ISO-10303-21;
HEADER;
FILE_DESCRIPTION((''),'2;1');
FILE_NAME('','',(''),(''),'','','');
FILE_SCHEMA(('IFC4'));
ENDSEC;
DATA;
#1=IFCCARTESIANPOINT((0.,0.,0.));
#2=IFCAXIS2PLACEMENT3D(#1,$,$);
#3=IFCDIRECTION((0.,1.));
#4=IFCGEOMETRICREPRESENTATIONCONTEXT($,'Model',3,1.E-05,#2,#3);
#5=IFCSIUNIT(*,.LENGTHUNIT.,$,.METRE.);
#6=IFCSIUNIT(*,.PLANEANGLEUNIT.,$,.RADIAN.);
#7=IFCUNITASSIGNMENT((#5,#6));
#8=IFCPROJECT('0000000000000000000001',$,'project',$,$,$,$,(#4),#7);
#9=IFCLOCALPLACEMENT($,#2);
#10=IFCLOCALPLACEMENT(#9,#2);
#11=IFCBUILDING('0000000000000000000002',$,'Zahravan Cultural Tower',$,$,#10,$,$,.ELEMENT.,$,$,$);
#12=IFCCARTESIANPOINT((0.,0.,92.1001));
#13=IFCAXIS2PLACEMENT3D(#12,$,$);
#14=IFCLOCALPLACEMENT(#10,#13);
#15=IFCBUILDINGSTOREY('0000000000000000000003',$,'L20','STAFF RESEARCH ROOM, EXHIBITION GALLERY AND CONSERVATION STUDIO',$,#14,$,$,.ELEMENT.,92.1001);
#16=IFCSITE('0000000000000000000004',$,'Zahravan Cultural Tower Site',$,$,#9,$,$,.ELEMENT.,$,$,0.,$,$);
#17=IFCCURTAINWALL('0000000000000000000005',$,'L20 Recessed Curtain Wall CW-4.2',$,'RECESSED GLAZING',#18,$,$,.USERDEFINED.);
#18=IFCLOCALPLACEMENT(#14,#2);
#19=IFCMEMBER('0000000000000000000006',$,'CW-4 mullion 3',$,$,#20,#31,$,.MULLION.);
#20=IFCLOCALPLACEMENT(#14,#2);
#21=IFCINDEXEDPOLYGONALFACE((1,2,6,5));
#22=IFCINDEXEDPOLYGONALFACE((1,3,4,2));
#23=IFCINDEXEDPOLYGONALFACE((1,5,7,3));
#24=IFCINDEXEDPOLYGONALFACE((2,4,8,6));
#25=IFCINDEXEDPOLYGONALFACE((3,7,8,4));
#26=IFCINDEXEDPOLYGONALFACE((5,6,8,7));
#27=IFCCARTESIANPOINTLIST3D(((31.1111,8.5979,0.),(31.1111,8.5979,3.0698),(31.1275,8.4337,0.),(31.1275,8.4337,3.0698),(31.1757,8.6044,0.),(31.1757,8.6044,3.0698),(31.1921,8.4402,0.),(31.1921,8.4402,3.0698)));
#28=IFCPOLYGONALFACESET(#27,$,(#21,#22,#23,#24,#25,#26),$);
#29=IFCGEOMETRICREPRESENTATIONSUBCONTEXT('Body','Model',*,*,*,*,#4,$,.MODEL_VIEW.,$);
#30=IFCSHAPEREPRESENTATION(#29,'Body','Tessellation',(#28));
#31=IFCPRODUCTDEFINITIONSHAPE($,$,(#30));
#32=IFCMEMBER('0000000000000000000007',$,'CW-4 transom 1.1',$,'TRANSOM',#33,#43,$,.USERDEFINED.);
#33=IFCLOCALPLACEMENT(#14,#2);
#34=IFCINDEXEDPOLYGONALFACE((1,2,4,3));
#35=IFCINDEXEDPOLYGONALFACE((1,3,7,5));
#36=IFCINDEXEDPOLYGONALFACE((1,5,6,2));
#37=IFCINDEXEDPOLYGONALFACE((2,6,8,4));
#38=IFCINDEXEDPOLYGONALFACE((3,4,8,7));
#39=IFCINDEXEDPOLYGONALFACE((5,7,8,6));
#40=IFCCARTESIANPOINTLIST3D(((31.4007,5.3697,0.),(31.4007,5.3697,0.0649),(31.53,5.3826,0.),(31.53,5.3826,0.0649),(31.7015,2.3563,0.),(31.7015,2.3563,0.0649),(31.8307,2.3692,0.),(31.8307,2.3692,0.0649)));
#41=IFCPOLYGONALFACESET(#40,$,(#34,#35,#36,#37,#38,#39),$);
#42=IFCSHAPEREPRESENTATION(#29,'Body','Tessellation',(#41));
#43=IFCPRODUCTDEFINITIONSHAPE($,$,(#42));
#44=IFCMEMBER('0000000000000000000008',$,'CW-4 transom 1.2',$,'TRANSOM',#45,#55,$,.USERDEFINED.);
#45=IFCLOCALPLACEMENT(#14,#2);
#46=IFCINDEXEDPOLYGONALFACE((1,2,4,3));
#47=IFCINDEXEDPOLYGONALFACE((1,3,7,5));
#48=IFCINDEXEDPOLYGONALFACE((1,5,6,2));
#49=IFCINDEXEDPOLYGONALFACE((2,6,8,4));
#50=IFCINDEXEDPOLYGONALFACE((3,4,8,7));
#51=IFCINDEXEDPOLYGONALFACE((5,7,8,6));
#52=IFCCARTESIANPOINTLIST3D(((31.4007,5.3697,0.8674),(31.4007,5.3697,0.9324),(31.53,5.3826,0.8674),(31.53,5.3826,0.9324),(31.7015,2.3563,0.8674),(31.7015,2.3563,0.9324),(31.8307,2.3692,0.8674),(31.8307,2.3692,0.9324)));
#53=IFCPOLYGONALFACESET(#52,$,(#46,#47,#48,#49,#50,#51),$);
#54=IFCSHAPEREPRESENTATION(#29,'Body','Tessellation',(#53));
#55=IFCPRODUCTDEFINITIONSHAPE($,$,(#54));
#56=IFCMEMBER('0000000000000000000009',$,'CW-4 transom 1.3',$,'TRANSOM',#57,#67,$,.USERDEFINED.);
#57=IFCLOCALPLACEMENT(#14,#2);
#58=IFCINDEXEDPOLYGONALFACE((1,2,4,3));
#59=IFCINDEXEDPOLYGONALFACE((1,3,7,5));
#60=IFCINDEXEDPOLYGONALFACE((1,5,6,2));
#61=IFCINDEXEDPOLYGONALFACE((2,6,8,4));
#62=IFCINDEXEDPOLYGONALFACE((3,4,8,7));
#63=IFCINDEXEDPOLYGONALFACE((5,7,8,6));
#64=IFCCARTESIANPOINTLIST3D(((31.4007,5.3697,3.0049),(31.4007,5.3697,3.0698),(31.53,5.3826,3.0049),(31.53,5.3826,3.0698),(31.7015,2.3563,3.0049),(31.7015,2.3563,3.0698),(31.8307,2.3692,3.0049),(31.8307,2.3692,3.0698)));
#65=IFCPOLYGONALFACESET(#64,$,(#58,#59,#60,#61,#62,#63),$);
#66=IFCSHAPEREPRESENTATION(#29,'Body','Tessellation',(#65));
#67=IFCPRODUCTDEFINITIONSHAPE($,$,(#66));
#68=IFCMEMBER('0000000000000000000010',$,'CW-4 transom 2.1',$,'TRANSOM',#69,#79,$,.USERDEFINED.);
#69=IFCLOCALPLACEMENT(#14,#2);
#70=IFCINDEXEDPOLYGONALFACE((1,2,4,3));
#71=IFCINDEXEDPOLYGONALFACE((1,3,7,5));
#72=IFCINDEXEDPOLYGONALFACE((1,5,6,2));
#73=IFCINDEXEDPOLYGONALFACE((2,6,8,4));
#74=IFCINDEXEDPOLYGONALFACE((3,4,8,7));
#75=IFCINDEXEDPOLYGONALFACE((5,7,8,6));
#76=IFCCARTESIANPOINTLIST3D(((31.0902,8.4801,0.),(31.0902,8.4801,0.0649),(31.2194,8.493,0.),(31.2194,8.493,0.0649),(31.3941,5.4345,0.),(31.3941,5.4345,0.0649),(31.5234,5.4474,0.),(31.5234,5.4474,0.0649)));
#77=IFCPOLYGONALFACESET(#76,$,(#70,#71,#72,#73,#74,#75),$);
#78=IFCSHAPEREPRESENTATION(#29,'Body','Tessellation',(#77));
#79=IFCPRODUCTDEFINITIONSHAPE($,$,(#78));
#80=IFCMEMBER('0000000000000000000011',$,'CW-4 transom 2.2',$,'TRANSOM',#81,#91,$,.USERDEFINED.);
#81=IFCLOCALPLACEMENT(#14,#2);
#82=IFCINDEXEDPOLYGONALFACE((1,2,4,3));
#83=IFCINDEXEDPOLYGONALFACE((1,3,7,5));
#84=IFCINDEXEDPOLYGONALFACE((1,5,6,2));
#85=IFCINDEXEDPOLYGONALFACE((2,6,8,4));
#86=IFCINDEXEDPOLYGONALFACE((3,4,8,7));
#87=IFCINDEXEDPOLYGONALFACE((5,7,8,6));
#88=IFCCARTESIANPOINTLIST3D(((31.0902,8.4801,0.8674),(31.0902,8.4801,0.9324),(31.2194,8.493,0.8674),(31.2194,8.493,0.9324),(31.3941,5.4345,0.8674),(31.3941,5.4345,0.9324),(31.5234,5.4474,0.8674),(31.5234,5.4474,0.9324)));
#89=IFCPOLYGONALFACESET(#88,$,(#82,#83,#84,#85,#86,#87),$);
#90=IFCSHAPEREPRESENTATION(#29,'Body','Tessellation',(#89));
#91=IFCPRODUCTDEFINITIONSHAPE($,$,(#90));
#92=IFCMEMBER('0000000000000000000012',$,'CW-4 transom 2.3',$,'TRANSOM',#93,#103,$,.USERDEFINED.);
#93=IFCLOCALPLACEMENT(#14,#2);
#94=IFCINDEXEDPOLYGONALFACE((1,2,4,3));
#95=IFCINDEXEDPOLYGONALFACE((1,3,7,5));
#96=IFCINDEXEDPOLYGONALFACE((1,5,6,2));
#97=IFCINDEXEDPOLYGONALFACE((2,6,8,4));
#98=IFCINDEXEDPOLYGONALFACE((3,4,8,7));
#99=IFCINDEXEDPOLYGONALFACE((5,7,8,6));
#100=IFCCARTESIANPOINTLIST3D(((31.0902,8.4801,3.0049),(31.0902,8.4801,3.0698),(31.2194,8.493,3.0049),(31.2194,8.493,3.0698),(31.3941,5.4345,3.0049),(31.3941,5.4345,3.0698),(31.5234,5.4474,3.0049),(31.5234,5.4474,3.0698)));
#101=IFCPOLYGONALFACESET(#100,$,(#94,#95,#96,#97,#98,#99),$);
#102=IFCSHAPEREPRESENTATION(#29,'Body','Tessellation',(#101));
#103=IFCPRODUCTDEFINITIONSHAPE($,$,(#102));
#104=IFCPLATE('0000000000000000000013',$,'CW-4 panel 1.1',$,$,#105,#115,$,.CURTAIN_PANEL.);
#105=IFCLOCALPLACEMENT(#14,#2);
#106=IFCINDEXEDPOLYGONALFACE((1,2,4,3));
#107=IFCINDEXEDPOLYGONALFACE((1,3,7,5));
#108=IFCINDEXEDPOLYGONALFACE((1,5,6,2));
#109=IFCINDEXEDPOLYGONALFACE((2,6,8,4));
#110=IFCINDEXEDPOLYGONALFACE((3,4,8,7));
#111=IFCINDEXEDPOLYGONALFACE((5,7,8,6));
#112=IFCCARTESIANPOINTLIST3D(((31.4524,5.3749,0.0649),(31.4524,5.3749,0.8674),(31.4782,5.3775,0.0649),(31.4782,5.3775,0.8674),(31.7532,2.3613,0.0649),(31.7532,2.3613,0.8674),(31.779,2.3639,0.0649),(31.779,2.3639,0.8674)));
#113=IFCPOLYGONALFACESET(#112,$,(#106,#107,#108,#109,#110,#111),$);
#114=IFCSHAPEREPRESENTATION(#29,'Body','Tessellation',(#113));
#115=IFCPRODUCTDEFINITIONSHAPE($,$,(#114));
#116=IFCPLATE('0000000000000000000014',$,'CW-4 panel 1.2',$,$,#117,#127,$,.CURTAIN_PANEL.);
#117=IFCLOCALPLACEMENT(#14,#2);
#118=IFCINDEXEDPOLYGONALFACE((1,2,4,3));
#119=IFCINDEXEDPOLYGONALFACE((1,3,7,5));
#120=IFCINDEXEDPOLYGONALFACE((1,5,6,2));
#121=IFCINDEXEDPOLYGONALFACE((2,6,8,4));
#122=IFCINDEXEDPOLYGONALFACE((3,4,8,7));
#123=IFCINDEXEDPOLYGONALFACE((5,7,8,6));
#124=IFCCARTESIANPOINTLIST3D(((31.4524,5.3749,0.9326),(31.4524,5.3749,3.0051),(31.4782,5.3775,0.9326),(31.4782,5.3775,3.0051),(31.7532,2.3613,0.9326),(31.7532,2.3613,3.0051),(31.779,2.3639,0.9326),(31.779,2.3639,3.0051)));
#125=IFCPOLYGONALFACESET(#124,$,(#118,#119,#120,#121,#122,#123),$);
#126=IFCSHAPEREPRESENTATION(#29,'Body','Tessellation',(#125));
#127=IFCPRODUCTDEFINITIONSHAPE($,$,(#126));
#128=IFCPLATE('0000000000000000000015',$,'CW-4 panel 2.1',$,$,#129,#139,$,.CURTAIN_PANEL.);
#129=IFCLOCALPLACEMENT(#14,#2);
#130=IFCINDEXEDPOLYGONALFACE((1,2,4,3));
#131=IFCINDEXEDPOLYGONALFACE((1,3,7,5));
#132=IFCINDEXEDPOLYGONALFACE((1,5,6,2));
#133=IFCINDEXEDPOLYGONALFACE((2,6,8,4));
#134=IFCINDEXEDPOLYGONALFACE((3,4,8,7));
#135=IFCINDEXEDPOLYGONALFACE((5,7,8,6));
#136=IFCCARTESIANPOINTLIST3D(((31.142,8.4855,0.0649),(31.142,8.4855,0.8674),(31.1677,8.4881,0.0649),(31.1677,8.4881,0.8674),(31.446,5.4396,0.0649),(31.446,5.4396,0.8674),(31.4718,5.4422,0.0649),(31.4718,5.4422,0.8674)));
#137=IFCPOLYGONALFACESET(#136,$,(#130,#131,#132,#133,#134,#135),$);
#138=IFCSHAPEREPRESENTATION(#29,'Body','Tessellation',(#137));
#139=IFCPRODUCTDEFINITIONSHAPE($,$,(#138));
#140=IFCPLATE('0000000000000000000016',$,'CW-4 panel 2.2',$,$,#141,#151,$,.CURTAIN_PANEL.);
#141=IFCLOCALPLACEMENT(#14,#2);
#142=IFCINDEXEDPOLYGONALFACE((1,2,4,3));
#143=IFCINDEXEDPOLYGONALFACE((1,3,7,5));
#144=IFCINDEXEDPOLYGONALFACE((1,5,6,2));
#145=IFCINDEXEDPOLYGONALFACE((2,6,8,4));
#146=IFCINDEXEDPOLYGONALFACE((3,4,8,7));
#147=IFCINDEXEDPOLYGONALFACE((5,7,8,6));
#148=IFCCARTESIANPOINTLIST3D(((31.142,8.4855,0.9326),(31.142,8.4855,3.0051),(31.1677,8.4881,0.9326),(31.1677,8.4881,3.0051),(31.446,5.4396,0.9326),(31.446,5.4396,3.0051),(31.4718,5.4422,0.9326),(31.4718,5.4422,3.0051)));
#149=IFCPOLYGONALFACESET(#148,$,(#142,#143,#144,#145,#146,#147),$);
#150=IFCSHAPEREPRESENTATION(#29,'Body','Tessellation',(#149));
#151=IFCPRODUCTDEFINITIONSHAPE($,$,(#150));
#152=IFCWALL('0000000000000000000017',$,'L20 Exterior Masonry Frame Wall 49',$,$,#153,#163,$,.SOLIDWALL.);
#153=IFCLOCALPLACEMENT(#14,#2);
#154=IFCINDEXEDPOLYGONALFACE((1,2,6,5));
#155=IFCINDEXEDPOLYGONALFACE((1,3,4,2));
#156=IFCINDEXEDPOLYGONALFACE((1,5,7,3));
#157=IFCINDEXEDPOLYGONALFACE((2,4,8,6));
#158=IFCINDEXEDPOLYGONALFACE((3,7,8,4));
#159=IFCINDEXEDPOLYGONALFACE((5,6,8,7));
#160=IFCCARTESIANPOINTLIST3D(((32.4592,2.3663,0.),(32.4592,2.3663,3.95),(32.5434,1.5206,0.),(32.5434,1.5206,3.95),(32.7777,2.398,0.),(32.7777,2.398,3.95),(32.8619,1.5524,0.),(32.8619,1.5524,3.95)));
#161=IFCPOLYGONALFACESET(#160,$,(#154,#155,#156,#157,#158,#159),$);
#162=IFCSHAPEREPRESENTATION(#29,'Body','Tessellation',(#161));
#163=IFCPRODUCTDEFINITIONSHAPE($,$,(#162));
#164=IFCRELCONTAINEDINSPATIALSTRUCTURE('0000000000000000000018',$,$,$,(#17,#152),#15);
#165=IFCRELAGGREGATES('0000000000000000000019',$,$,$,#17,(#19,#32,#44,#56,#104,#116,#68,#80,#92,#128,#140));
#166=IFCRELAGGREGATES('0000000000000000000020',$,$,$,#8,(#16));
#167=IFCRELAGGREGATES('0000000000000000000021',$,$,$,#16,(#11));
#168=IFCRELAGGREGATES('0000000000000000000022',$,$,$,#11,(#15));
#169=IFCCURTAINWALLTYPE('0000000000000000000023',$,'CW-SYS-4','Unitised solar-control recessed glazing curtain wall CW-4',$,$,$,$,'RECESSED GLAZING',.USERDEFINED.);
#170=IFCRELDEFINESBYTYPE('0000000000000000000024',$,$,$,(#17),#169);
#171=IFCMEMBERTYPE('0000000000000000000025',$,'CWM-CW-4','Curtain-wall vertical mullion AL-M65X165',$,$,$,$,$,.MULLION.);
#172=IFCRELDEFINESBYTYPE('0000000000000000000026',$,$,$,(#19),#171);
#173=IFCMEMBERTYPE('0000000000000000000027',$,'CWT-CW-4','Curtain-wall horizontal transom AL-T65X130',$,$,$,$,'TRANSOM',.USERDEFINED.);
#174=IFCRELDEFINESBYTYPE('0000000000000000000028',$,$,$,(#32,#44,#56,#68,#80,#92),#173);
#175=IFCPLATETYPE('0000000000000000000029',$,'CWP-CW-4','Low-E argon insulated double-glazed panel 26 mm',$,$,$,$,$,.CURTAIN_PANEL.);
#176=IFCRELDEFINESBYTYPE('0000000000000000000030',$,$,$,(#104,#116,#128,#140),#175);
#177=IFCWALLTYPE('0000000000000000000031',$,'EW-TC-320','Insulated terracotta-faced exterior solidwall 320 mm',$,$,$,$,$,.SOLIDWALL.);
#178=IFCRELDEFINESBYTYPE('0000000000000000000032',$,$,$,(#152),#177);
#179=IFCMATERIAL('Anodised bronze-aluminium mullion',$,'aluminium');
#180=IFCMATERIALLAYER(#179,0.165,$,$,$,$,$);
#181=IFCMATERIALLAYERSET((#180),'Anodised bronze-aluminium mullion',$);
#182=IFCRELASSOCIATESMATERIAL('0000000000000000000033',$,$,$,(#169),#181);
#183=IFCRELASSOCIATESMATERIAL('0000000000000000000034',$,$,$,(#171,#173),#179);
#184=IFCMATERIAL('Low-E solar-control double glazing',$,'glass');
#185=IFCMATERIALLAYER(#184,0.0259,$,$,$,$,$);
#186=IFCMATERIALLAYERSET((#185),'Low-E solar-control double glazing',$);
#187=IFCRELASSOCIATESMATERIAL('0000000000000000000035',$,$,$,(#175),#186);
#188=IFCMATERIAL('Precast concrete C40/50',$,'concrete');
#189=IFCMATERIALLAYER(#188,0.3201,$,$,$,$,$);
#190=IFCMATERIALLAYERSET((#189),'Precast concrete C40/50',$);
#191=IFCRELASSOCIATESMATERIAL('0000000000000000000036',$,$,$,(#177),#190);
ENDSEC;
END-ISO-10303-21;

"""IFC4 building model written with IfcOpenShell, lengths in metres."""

from ifc_helpers import new_model, si_unit, direction, frame, frame_2d, origin, origin_2d, place, context, subcontext, project, spatial, rectangle, extrude, source, transform, mapped, material, layer, layer_set, material_profile, profile_set, type_object, element, aggregate, save


model = new_model("IFC4")

# Units and contexts
model_context = context("Model", 3, precision=1e-05, world=origin(), true_north=direction((0.0, 1.0)))
body_context = subcontext(model_context, "Body", "Model", "MODEL_VIEW")
ifc_project = project(units=[si_unit("LENGTHUNIT", "METRE"), si_unit("PLANEANGLEUNIT", "RADIAN")], contexts=[model_context])

# Site, building, storey
site_placement = place(None, origin())
site = spatial("IfcSite", under=ifc_project, at=site_placement, Name="Zahravan Cultural Tower Site", CompositionType="ELEMENT", RefElevation=0.0)
building_placement = place(site_placement, origin())
building = spatial("IfcBuilding", under=site, at=building_placement, Name="Zahravan Cultural Tower", CompositionType="ELEMENT")
storey_placement = place(building_placement, frame((0.0, 0.0, 92.1001)))
storey = spatial("IfcBuildingStorey", under=building, at=storey_placement, Name="L20", Description="STAFF RESEARCH ROOM, EXHIBITION GALLERY AND CONSERVATION STUDIO", CompositionType="ELEMENT", Elevation=92.1001)

# Curtain wall, members, plates
ifc_material_1 = material(Name="Anodised bronze-aluminium mullion", Category="aluminium")
ifc_layer_1 = layer(ifc_material_1, 0.165)
ifc_layer_set_1 = layer_set([ifc_layer_1], Name="Anodised bronze-aluminium mullion")
curtain_wall_type = type_object("IfcCurtainWallType", Name="CW-SYS-4", Description="Unitised solar-control recessed glazing curtain wall CW-4", ElementType="RECESSED GLAZING", PredefinedType="USERDEFINED", material=ifc_layer_set_1)
curtain_wall_placement = place(storey_placement, origin())
curtain_wall = element("IfcCurtainWall", 1, at=curtain_wall_placement, inside=storey, type_object=curtain_wall_type, Name="L20 Recessed Curtain Wall CW-4.2", ObjectType="RECESSED GLAZING", PredefinedType="USERDEFINED")
ifc_material_profile_1 = material_profile(ifc_material_1, rectangle(XDim=0.0649, YDim=0.165, at=origin_2d()), Name="AL-M65X165")
ifc_profile_set_1 = profile_set([ifc_material_profile_1], Name="Anodised bronze-aluminium mullion")
member_type_1 = type_object("IfcMemberType", Name="CWM-CW-4", Description="Curtain-wall vertical mullion AL-M65X165", PredefinedType="MULLION", material=ifc_profile_set_1)
shared_shape_1 = source(origin(), body_context, "Body", "SweptSolid", [
    extrude(rectangle(XDim=0.0649, YDim=0.165, at=origin_2d()), origin(), (0.0, 0.0, 1.0), 3.0698),
])
member_1_placement = place(storey_placement, frame((31.1516, 8.519, 0.0), z_axis=(0.0, 0.0, 1.0), x_axis=(-0.995055, -0.099322, 0.0)))
member_1 = element("IfcMember", 2, at=member_1_placement, type_object=member_type_1, Name="CW-4 mullion 3", PredefinedType="MULLION", context=body_context, shape_type="MappedRepresentation", body=[
    mapped(shared_shape_1, transform((0.0, 0.0, 0.0), x_axis=(1.0, 0.0, 0.0), y_axis=(0.0, 1.0, 0.0), z_axis=(0.0, 0.0, 1.0), scale=1.0)),
])
ifc_material_profile_2 = material_profile(ifc_material_1, rectangle(XDim=0.1299, YDim=0.0649, at=origin_2d()), Name="AL-T65X130")
ifc_profile_set_2 = profile_set([ifc_material_profile_2], Name="Anodised bronze-aluminium mullion")
member_type_2 = type_object("IfcMemberType", Name="CWT-CW-4", Description="Curtain-wall horizontal transom AL-T65X130", ElementType="TRANSOM", PredefinedType="USERDEFINED", material=ifc_profile_set_2)
shared_shape_2 = source(origin(), body_context, "Body", "SweptSolid", [
    extrude(rectangle(XDim=0.1299, YDim=0.0649, at=origin_2d()), origin(), (0.0, 0.0, 1.0), 3.0283),
])
member_2_placement = place(storey_placement, frame((31.7661, 2.3628, 0.0325), z_axis=(-0.09932, 0.995056, 0.0), x_axis=(-0.995056, -0.09932, 0.0)))
member_2 = element("IfcMember", 3, at=member_2_placement, type_object=member_type_2, Name="CW-4 transom 1.1", ObjectType="TRANSOM", PredefinedType="USERDEFINED", context=body_context, shape_type="MappedRepresentation", body=[
    mapped(shared_shape_2, transform((0.0, 0.0, 0.0), x_axis=(1.0, 0.0, 0.0), y_axis=(0.0, 1.0, 0.0), z_axis=(0.0, 0.0, 1.0), scale=1.0)),
])
member_3_placement = place(storey_placement, frame((31.7661, 2.3628, 0.8999), z_axis=(-0.09932, 0.995056, 0.0), x_axis=(-0.995056, -0.09932, 0.0)))
member_3 = element("IfcMember", 4, at=member_3_placement, type_object=member_type_2, Name="CW-4 transom 1.2", ObjectType="TRANSOM", PredefinedType="USERDEFINED", context=body_context, shape_type="MappedRepresentation", body=[
    mapped(shared_shape_2, transform((0.0, 0.0, 0.0), x_axis=(1.0, 0.0, 0.0), y_axis=(0.0, 1.0, 0.0), z_axis=(0.0, 0.0, 1.0), scale=1.0)),
])
member_4_placement = place(storey_placement, frame((31.7661, 2.3628, 3.0374), z_axis=(-0.09932, 0.995056, 0.0), x_axis=(-0.995056, -0.09932, 0.0)))
member_4 = element("IfcMember", 5, at=member_4_placement, type_object=member_type_2, Name="CW-4 transom 1.3", ObjectType="TRANSOM", PredefinedType="USERDEFINED", context=body_context, shape_type="MappedRepresentation", body=[
    mapped(shared_shape_2, transform((0.0, 0.0, 0.0), x_axis=(1.0, 0.0, 0.0), y_axis=(0.0, 1.0, 0.0), z_axis=(0.0, 0.0, 1.0), scale=1.0)),
])
shared_shape_3 = source(origin(), body_context, "Body", "SweptSolid", [
    extrude(rectangle(XDim=0.1299, YDim=0.0649, at=origin_2d()), origin(), (0.0, 0.0, 1.0), 3.0608),
])
member_5_placement = place(storey_placement, frame((31.4587, 5.4409, 0.0325), z_axis=(-0.099306, 0.995057, 0.0), x_axis=(-0.995057, -0.099306, 0.0)))
member_5 = element("IfcMember", 6, at=member_5_placement, type_object=member_type_2, Name="CW-4 transom 2.1", ObjectType="TRANSOM", PredefinedType="USERDEFINED", context=body_context, shape_type="MappedRepresentation", body=[
    mapped(shared_shape_3, transform((0.0, 0.0, 0.0), x_axis=(1.0, 0.0, 0.0), y_axis=(0.0, 1.0, 0.0), z_axis=(0.0, 0.0, 1.0), scale=1.0)),
])
member_6_placement = place(storey_placement, frame((31.4587, 5.4409, 0.8999), z_axis=(-0.099306, 0.995057, 0.0), x_axis=(-0.995057, -0.099306, 0.0)))
member_6 = element("IfcMember", 7, at=member_6_placement, type_object=member_type_2, Name="CW-4 transom 2.2", ObjectType="TRANSOM", PredefinedType="USERDEFINED", context=body_context, shape_type="MappedRepresentation", body=[
    mapped(shared_shape_3, transform((0.0, 0.0, 0.0), x_axis=(1.0, 0.0, 0.0), y_axis=(0.0, 1.0, 0.0), z_axis=(0.0, 0.0, 1.0), scale=1.0)),
])
member_7_placement = place(storey_placement, frame((31.4587, 5.4409, 3.0374), z_axis=(-0.099306, 0.995057, 0.0), x_axis=(-0.995057, -0.099306, 0.0)))
member_7 = element("IfcMember", 8, at=member_7_placement, type_object=member_type_2, Name="CW-4 transom 2.3", ObjectType="TRANSOM", PredefinedType="USERDEFINED", context=body_context, shape_type="MappedRepresentation", body=[
    mapped(shared_shape_3, transform((0.0, 0.0, 0.0), x_axis=(1.0, 0.0, 0.0), y_axis=(0.0, 1.0, 0.0), z_axis=(0.0, 0.0, 1.0), scale=1.0)),
])
ifc_material_2 = material(Name="Low-E solar-control double glazing", Category="glass")
ifc_layer_2 = layer(ifc_material_2, 0.0259)
ifc_layer_set_2 = layer_set([ifc_layer_2], Name="Low-E solar-control double glazing")
plate_type = type_object("IfcPlateType", Name="CWP-CW-4", Description="Low-E argon insulated double-glazed panel 26 mm", PredefinedType="CURTAIN_PANEL", material=ifc_layer_set_2)
shared_shape_4 = source(origin(), body_context, "Body", "SweptSolid", [
    extrude(rectangle(XDim=3.0286, YDim=0.0259, at=origin_2d()), origin(), (0.0, 0.0, 1.0), 0.8025),
])
plate_1_placement = place(storey_placement, frame((31.6157, 3.8694, 0.0649), z_axis=(0.0, 0.0, 1.0), x_axis=(-0.099322, 0.995055, 0.0)))
plate_1 = element("IfcPlate", 9, at=plate_1_placement, type_object=plate_type, Name="CW-4 panel 1.1", PredefinedType="CURTAIN_PANEL", context=body_context, shape_type="MappedRepresentation", body=[
    mapped(shared_shape_4, transform((0.0, 0.0, 0.0), x_axis=(1.0, 0.0, 0.0), y_axis=(0.0, 1.0, 0.0), z_axis=(0.0, 0.0, 1.0), scale=1.0)),
])
shared_shape_5 = source(origin(), body_context, "Body", "SweptSolid", [
    extrude(rectangle(XDim=3.0286, YDim=0.0259, at=origin_2d()), origin(), (0.0, 0.0, 1.0), 2.0725),
])
plate_2_placement = place(storey_placement, frame((31.6157, 3.8694, 0.9326), z_axis=(0.0, 0.0, 1.0), x_axis=(-0.099322, 0.995055, 0.0)))
plate_2 = element("IfcPlate", 10, at=plate_2_placement, type_object=plate_type, Name="CW-4 panel 1.2", PredefinedType="CURTAIN_PANEL", context=body_context, shape_type="MappedRepresentation", body=[
    mapped(shared_shape_5, transform((0.0, 0.0, 0.0), x_axis=(1.0, 0.0, 0.0), y_axis=(0.0, 1.0, 0.0), z_axis=(0.0, 0.0, 1.0), scale=1.0)),
])
shared_shape_6 = source(origin(), body_context, "Body", "SweptSolid", [
    extrude(rectangle(XDim=3.061, YDim=0.0259, at=origin_2d()), origin(), (0.0, 0.0, 1.0), 0.8025),
])
plate_3_placement = place(storey_placement, frame((31.3069, 6.9639, 0.0649), z_axis=(0.0, 0.0, 1.0), x_axis=(-0.099322, 0.995055, 0.0)))
plate_3 = element("IfcPlate", 11, at=plate_3_placement, type_object=plate_type, Name="CW-4 panel 2.1", PredefinedType="CURTAIN_PANEL", context=body_context, shape_type="MappedRepresentation", body=[
    mapped(shared_shape_6, transform((0.0, 0.0, 0.0), x_axis=(1.0, 0.0, 0.0), y_axis=(0.0, 1.0, 0.0), z_axis=(0.0, 0.0, 1.0), scale=1.0)),
])
shared_shape_7 = source(origin(), body_context, "Body", "SweptSolid", [
    extrude(rectangle(XDim=3.061, YDim=0.0259, at=origin_2d()), origin(), (0.0, 0.0, 1.0), 2.0725),
])
plate_4_placement = place(storey_placement, frame((31.3069, 6.9639, 0.9326), z_axis=(0.0, 0.0, 1.0), x_axis=(-0.099322, 0.995055, 0.0)))
plate_4 = element("IfcPlate", 12, at=plate_4_placement, type_object=plate_type, Name="CW-4 panel 2.2", PredefinedType="CURTAIN_PANEL", context=body_context, shape_type="MappedRepresentation", body=[
    mapped(shared_shape_7, transform((0.0, 0.0, 0.0), x_axis=(1.0, 0.0, 0.0), y_axis=(0.0, 1.0, 0.0), z_axis=(0.0, 0.0, 1.0), scale=1.0)),
])
aggregate(curtain_wall, [member_1, member_2, member_3, member_4, plate_1, plate_2, member_5, member_6, member_7, plate_3, plate_4])

# Wall
ifc_material_3 = material(Name="Precast concrete C40/50", Category="concrete")
ifc_layer_3 = layer(ifc_material_3, 0.3201)
ifc_layer_set_3 = layer_set([ifc_layer_3], Name="Precast concrete C40/50")
wall_type_1 = type_object("IfcWallType", Name="EW-TC-320", Description="Insulated terracotta-faced exterior solidwall 320 mm", PredefinedType="SOLIDWALL", material=ifc_layer_set_3)
shared_shape_8 = source(origin(), body_context, "Body", "SweptSolid", [
    extrude(rectangle(XDim=0.8499, YDim=0.3201, at=frame_2d((0.4248, 0.0))), origin(), (0.0, 0.0, 1.0), 3.95),
])
wall_1_placement = place(storey_placement, frame((32.7026, 1.5366, 0.0), z_axis=(0.0, 0.0, 1.0), x_axis=(-0.099106, 0.995077, 0.0)))
element("IfcWall", 13, at=wall_1_placement, inside=storey, type_object=wall_type_1, Name="L20 Exterior Masonry Frame Wall 49", PredefinedType="SOLIDWALL", context=body_context, shape_type="MappedRepresentation", body=[
    mapped(shared_shape_8, transform((0.0, 0.0, 0.0), x_axis=(1.0, 0.0, 0.0), y_axis=(0.0, 1.0, 0.0), z_axis=(0.0, 0.0, 1.0), scale=1.0)),
])

save(model, "model.ifc")
